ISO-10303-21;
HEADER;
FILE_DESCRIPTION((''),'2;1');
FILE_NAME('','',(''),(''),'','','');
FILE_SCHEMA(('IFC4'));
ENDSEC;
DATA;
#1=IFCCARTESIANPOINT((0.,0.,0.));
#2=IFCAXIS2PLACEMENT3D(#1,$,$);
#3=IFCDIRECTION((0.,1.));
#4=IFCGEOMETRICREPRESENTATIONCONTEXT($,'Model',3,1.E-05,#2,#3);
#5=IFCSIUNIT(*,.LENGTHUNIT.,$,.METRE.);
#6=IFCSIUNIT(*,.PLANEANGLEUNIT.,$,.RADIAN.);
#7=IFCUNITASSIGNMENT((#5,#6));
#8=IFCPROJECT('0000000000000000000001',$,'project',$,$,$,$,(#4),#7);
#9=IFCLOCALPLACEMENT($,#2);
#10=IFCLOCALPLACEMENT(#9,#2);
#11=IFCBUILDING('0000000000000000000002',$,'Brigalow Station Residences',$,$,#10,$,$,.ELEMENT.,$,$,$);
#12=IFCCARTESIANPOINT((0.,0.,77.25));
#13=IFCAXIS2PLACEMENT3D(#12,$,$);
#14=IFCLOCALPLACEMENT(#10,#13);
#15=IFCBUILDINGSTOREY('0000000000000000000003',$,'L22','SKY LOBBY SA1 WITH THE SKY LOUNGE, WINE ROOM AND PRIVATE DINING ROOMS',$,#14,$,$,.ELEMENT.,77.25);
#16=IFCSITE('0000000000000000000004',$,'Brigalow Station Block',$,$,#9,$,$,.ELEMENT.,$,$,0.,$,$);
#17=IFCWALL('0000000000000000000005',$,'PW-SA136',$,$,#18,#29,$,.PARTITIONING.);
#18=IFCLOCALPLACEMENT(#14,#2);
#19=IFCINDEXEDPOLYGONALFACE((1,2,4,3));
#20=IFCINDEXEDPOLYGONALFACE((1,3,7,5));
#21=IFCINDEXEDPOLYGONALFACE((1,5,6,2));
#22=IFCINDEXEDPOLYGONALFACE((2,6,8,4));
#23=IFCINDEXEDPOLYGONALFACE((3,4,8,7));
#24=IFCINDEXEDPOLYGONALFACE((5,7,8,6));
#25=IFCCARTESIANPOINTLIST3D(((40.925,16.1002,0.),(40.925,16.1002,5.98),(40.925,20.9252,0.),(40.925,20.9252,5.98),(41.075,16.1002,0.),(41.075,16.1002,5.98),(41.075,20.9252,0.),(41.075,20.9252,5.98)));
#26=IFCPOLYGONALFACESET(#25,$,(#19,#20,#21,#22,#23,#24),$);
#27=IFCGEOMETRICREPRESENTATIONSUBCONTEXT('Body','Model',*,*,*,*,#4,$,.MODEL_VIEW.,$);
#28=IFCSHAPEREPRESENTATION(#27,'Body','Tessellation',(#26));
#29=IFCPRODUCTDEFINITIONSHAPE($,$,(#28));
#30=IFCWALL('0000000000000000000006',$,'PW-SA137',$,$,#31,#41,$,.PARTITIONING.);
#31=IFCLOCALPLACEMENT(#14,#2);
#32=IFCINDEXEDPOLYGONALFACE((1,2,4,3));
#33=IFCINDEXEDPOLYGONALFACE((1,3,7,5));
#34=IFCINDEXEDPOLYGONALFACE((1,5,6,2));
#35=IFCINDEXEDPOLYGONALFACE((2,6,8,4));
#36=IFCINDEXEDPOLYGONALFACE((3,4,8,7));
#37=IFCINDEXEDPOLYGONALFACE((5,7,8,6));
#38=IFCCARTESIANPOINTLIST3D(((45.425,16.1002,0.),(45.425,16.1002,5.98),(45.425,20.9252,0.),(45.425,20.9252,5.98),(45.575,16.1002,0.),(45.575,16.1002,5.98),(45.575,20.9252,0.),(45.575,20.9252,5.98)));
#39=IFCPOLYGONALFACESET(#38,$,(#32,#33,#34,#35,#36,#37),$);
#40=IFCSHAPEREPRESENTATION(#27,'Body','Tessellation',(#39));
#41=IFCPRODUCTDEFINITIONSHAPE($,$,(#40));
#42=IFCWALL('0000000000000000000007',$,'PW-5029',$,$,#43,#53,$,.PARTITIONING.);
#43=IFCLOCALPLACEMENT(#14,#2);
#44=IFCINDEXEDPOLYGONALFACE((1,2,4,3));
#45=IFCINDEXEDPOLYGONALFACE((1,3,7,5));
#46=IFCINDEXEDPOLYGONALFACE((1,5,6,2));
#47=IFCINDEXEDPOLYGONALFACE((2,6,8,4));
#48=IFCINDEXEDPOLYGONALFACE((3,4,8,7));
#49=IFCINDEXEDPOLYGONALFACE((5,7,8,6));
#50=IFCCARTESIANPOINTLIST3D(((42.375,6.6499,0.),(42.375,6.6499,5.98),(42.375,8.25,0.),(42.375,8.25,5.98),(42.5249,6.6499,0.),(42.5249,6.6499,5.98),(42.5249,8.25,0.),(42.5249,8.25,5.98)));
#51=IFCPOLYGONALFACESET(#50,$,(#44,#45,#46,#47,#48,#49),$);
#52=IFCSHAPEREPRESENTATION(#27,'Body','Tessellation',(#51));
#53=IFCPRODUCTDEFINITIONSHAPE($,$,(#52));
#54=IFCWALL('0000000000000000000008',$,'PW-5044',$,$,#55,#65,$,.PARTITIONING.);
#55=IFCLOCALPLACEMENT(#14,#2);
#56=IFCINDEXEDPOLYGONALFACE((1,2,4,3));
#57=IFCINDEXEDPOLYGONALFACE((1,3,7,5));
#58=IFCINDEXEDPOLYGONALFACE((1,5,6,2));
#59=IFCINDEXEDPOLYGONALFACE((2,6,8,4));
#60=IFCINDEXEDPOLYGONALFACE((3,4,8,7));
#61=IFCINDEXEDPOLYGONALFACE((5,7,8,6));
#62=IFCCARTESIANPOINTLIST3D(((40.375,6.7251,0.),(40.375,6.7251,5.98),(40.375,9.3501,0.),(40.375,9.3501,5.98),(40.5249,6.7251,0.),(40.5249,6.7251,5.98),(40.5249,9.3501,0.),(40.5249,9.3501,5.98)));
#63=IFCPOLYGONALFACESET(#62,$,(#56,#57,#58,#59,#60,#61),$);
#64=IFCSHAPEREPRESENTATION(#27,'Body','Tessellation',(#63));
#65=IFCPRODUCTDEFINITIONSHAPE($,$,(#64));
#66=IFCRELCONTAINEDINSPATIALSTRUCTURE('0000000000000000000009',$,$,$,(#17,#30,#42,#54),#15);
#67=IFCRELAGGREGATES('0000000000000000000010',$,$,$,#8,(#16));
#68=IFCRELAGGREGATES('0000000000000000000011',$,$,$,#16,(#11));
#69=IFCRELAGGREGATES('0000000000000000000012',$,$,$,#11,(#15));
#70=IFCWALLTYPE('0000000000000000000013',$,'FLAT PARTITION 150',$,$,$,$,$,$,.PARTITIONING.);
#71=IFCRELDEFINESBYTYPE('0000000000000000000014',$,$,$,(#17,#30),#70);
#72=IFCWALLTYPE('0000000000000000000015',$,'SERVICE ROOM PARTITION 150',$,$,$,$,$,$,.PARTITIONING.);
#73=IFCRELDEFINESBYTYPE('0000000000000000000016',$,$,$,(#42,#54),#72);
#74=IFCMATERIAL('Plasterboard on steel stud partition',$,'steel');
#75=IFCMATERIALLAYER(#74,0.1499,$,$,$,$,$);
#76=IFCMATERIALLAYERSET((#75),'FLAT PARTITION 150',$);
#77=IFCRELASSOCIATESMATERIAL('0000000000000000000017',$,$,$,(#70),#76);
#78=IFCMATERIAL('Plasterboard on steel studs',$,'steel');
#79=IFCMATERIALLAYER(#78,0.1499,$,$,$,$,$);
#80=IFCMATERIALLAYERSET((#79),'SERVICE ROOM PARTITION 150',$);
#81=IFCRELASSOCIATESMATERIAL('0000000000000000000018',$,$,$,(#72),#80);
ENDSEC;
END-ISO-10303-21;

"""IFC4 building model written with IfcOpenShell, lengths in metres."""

from ifc_helpers import new_model, si_unit, direction, frame, frame_2d, origin, place, context, subcontext, project, spatial, rectangle, extrude, material, layer, layer_set, type_object, element, save


model = new_model("IFC4")

# Units and contexts
model_context = context("Model", 3, precision=1e-05, world=origin(), true_north=direction((0.0, 1.0)))
body_context = subcontext(model_context, "Body", "Model", "MODEL_VIEW")
ifc_project = project(units=[si_unit("LENGTHUNIT", "METRE"), si_unit("PLANEANGLEUNIT", "RADIAN")], contexts=[model_context])

# Site, building, storey
site_placement = place(None, origin())
site = spatial("IfcSite", under=ifc_project, at=site_placement, Name="Brigalow Station Block", CompositionType="ELEMENT", RefElevation=0.0)
building_placement = place(site_placement, origin())
building = spatial("IfcBuilding", under=site, at=building_placement, Name="Brigalow Station Residences", CompositionType="ELEMENT")
storey_placement = place(building_placement, frame((0.0, 0.0, 77.25)))
storey = spatial("IfcBuildingStorey", under=building, at=storey_placement, Name="L22", Description="SKY LOBBY SA1 WITH THE SKY LOUNGE, WINE ROOM AND PRIVATE DINING ROOMS", CompositionType="ELEMENT", Elevation=77.25)

# Walls
ifc_material_1 = material(Name="Plasterboard on steel stud partition", Category="steel")
ifc_layer_1 = layer(ifc_material_1, 0.1499)
ifc_layer_set_1 = layer_set([ifc_layer_1], Name="FLAT PARTITION 150")
wall_type_1 = type_object("IfcWallType", Name="FLAT PARTITION 150", PredefinedType="PARTITIONING", material=ifc_layer_set_1)
for number, where, z_axis, x_axis, name in (
    (1, (41.0, 16.1001, 0.0), (0.0, 0.0, 1.0), (0.0, 1.0, 0.0), "PW-SA136"),
    (2, (45.5, 16.1001, 0.0), (0.0, 0.0, 1.0), (0.0, 1.0, 0.0), "PW-SA137"),
):
    element("IfcWall", number, at=place(storey_placement, frame(where, z_axis=z_axis, x_axis=x_axis)), inside=storey, type_object=wall_type_1, Name=name, PredefinedType="PARTITIONING", context=body_context, shape_type="SweptSolid", body=[
        extrude(rectangle(XDim=4.825, YDim=0.1499, at=frame_2d((2.4126, 0.0))), origin(), (0.0, 0.0, 1.0), 5.98),
    ])
ifc_material_2 = material(Name="Plasterboard on steel studs", Category="steel")
ifc_layer_2 = layer(ifc_material_2, 0.1499)
ifc_layer_set_2 = layer_set([ifc_layer_2], Name="SERVICE ROOM PARTITION 150")
wall_type_2 = type_object("IfcWallType", Name="SERVICE ROOM PARTITION 150", PredefinedType="PARTITIONING", material=ifc_layer_set_2)
wall_1_placement = place(storey_placement, frame((42.45, 6.6499, 0.0), z_axis=(0.0, 0.0, 1.0), x_axis=(0.0, 1.0, 0.0)))
element("IfcWall", 3, at=wall_1_placement, inside=storey, type_object=wall_type_2, Name="PW-5029", PredefinedType="PARTITIONING", context=body_context, shape_type="SweptSolid", body=[
    extrude(rectangle(XDim=1.6001, YDim=0.1499, at=frame_2d((0.8, 0.0))), origin(), (0.0, 0.0, 1.0), 5.98),
])
wall_2_placement = place(storey_placement, frame((40.45, 6.7251, 0.0), z_axis=(0.0, 0.0, 1.0), x_axis=(0.0, 1.0, 0.0)))
element("IfcWall", 4, at=wall_2_placement, inside=storey, type_object=wall_type_2, Name="PW-5044", PredefinedType="PARTITIONING", context=body_context, shape_type="SweptSolid", body=[
    extrude(rectangle(XDim=2.625, YDim=0.1499, at=frame_2d((1.3125, 0.0))), origin(), (0.0, 0.0, 1.0), 5.98),
])

save(model, "model.ifc")
